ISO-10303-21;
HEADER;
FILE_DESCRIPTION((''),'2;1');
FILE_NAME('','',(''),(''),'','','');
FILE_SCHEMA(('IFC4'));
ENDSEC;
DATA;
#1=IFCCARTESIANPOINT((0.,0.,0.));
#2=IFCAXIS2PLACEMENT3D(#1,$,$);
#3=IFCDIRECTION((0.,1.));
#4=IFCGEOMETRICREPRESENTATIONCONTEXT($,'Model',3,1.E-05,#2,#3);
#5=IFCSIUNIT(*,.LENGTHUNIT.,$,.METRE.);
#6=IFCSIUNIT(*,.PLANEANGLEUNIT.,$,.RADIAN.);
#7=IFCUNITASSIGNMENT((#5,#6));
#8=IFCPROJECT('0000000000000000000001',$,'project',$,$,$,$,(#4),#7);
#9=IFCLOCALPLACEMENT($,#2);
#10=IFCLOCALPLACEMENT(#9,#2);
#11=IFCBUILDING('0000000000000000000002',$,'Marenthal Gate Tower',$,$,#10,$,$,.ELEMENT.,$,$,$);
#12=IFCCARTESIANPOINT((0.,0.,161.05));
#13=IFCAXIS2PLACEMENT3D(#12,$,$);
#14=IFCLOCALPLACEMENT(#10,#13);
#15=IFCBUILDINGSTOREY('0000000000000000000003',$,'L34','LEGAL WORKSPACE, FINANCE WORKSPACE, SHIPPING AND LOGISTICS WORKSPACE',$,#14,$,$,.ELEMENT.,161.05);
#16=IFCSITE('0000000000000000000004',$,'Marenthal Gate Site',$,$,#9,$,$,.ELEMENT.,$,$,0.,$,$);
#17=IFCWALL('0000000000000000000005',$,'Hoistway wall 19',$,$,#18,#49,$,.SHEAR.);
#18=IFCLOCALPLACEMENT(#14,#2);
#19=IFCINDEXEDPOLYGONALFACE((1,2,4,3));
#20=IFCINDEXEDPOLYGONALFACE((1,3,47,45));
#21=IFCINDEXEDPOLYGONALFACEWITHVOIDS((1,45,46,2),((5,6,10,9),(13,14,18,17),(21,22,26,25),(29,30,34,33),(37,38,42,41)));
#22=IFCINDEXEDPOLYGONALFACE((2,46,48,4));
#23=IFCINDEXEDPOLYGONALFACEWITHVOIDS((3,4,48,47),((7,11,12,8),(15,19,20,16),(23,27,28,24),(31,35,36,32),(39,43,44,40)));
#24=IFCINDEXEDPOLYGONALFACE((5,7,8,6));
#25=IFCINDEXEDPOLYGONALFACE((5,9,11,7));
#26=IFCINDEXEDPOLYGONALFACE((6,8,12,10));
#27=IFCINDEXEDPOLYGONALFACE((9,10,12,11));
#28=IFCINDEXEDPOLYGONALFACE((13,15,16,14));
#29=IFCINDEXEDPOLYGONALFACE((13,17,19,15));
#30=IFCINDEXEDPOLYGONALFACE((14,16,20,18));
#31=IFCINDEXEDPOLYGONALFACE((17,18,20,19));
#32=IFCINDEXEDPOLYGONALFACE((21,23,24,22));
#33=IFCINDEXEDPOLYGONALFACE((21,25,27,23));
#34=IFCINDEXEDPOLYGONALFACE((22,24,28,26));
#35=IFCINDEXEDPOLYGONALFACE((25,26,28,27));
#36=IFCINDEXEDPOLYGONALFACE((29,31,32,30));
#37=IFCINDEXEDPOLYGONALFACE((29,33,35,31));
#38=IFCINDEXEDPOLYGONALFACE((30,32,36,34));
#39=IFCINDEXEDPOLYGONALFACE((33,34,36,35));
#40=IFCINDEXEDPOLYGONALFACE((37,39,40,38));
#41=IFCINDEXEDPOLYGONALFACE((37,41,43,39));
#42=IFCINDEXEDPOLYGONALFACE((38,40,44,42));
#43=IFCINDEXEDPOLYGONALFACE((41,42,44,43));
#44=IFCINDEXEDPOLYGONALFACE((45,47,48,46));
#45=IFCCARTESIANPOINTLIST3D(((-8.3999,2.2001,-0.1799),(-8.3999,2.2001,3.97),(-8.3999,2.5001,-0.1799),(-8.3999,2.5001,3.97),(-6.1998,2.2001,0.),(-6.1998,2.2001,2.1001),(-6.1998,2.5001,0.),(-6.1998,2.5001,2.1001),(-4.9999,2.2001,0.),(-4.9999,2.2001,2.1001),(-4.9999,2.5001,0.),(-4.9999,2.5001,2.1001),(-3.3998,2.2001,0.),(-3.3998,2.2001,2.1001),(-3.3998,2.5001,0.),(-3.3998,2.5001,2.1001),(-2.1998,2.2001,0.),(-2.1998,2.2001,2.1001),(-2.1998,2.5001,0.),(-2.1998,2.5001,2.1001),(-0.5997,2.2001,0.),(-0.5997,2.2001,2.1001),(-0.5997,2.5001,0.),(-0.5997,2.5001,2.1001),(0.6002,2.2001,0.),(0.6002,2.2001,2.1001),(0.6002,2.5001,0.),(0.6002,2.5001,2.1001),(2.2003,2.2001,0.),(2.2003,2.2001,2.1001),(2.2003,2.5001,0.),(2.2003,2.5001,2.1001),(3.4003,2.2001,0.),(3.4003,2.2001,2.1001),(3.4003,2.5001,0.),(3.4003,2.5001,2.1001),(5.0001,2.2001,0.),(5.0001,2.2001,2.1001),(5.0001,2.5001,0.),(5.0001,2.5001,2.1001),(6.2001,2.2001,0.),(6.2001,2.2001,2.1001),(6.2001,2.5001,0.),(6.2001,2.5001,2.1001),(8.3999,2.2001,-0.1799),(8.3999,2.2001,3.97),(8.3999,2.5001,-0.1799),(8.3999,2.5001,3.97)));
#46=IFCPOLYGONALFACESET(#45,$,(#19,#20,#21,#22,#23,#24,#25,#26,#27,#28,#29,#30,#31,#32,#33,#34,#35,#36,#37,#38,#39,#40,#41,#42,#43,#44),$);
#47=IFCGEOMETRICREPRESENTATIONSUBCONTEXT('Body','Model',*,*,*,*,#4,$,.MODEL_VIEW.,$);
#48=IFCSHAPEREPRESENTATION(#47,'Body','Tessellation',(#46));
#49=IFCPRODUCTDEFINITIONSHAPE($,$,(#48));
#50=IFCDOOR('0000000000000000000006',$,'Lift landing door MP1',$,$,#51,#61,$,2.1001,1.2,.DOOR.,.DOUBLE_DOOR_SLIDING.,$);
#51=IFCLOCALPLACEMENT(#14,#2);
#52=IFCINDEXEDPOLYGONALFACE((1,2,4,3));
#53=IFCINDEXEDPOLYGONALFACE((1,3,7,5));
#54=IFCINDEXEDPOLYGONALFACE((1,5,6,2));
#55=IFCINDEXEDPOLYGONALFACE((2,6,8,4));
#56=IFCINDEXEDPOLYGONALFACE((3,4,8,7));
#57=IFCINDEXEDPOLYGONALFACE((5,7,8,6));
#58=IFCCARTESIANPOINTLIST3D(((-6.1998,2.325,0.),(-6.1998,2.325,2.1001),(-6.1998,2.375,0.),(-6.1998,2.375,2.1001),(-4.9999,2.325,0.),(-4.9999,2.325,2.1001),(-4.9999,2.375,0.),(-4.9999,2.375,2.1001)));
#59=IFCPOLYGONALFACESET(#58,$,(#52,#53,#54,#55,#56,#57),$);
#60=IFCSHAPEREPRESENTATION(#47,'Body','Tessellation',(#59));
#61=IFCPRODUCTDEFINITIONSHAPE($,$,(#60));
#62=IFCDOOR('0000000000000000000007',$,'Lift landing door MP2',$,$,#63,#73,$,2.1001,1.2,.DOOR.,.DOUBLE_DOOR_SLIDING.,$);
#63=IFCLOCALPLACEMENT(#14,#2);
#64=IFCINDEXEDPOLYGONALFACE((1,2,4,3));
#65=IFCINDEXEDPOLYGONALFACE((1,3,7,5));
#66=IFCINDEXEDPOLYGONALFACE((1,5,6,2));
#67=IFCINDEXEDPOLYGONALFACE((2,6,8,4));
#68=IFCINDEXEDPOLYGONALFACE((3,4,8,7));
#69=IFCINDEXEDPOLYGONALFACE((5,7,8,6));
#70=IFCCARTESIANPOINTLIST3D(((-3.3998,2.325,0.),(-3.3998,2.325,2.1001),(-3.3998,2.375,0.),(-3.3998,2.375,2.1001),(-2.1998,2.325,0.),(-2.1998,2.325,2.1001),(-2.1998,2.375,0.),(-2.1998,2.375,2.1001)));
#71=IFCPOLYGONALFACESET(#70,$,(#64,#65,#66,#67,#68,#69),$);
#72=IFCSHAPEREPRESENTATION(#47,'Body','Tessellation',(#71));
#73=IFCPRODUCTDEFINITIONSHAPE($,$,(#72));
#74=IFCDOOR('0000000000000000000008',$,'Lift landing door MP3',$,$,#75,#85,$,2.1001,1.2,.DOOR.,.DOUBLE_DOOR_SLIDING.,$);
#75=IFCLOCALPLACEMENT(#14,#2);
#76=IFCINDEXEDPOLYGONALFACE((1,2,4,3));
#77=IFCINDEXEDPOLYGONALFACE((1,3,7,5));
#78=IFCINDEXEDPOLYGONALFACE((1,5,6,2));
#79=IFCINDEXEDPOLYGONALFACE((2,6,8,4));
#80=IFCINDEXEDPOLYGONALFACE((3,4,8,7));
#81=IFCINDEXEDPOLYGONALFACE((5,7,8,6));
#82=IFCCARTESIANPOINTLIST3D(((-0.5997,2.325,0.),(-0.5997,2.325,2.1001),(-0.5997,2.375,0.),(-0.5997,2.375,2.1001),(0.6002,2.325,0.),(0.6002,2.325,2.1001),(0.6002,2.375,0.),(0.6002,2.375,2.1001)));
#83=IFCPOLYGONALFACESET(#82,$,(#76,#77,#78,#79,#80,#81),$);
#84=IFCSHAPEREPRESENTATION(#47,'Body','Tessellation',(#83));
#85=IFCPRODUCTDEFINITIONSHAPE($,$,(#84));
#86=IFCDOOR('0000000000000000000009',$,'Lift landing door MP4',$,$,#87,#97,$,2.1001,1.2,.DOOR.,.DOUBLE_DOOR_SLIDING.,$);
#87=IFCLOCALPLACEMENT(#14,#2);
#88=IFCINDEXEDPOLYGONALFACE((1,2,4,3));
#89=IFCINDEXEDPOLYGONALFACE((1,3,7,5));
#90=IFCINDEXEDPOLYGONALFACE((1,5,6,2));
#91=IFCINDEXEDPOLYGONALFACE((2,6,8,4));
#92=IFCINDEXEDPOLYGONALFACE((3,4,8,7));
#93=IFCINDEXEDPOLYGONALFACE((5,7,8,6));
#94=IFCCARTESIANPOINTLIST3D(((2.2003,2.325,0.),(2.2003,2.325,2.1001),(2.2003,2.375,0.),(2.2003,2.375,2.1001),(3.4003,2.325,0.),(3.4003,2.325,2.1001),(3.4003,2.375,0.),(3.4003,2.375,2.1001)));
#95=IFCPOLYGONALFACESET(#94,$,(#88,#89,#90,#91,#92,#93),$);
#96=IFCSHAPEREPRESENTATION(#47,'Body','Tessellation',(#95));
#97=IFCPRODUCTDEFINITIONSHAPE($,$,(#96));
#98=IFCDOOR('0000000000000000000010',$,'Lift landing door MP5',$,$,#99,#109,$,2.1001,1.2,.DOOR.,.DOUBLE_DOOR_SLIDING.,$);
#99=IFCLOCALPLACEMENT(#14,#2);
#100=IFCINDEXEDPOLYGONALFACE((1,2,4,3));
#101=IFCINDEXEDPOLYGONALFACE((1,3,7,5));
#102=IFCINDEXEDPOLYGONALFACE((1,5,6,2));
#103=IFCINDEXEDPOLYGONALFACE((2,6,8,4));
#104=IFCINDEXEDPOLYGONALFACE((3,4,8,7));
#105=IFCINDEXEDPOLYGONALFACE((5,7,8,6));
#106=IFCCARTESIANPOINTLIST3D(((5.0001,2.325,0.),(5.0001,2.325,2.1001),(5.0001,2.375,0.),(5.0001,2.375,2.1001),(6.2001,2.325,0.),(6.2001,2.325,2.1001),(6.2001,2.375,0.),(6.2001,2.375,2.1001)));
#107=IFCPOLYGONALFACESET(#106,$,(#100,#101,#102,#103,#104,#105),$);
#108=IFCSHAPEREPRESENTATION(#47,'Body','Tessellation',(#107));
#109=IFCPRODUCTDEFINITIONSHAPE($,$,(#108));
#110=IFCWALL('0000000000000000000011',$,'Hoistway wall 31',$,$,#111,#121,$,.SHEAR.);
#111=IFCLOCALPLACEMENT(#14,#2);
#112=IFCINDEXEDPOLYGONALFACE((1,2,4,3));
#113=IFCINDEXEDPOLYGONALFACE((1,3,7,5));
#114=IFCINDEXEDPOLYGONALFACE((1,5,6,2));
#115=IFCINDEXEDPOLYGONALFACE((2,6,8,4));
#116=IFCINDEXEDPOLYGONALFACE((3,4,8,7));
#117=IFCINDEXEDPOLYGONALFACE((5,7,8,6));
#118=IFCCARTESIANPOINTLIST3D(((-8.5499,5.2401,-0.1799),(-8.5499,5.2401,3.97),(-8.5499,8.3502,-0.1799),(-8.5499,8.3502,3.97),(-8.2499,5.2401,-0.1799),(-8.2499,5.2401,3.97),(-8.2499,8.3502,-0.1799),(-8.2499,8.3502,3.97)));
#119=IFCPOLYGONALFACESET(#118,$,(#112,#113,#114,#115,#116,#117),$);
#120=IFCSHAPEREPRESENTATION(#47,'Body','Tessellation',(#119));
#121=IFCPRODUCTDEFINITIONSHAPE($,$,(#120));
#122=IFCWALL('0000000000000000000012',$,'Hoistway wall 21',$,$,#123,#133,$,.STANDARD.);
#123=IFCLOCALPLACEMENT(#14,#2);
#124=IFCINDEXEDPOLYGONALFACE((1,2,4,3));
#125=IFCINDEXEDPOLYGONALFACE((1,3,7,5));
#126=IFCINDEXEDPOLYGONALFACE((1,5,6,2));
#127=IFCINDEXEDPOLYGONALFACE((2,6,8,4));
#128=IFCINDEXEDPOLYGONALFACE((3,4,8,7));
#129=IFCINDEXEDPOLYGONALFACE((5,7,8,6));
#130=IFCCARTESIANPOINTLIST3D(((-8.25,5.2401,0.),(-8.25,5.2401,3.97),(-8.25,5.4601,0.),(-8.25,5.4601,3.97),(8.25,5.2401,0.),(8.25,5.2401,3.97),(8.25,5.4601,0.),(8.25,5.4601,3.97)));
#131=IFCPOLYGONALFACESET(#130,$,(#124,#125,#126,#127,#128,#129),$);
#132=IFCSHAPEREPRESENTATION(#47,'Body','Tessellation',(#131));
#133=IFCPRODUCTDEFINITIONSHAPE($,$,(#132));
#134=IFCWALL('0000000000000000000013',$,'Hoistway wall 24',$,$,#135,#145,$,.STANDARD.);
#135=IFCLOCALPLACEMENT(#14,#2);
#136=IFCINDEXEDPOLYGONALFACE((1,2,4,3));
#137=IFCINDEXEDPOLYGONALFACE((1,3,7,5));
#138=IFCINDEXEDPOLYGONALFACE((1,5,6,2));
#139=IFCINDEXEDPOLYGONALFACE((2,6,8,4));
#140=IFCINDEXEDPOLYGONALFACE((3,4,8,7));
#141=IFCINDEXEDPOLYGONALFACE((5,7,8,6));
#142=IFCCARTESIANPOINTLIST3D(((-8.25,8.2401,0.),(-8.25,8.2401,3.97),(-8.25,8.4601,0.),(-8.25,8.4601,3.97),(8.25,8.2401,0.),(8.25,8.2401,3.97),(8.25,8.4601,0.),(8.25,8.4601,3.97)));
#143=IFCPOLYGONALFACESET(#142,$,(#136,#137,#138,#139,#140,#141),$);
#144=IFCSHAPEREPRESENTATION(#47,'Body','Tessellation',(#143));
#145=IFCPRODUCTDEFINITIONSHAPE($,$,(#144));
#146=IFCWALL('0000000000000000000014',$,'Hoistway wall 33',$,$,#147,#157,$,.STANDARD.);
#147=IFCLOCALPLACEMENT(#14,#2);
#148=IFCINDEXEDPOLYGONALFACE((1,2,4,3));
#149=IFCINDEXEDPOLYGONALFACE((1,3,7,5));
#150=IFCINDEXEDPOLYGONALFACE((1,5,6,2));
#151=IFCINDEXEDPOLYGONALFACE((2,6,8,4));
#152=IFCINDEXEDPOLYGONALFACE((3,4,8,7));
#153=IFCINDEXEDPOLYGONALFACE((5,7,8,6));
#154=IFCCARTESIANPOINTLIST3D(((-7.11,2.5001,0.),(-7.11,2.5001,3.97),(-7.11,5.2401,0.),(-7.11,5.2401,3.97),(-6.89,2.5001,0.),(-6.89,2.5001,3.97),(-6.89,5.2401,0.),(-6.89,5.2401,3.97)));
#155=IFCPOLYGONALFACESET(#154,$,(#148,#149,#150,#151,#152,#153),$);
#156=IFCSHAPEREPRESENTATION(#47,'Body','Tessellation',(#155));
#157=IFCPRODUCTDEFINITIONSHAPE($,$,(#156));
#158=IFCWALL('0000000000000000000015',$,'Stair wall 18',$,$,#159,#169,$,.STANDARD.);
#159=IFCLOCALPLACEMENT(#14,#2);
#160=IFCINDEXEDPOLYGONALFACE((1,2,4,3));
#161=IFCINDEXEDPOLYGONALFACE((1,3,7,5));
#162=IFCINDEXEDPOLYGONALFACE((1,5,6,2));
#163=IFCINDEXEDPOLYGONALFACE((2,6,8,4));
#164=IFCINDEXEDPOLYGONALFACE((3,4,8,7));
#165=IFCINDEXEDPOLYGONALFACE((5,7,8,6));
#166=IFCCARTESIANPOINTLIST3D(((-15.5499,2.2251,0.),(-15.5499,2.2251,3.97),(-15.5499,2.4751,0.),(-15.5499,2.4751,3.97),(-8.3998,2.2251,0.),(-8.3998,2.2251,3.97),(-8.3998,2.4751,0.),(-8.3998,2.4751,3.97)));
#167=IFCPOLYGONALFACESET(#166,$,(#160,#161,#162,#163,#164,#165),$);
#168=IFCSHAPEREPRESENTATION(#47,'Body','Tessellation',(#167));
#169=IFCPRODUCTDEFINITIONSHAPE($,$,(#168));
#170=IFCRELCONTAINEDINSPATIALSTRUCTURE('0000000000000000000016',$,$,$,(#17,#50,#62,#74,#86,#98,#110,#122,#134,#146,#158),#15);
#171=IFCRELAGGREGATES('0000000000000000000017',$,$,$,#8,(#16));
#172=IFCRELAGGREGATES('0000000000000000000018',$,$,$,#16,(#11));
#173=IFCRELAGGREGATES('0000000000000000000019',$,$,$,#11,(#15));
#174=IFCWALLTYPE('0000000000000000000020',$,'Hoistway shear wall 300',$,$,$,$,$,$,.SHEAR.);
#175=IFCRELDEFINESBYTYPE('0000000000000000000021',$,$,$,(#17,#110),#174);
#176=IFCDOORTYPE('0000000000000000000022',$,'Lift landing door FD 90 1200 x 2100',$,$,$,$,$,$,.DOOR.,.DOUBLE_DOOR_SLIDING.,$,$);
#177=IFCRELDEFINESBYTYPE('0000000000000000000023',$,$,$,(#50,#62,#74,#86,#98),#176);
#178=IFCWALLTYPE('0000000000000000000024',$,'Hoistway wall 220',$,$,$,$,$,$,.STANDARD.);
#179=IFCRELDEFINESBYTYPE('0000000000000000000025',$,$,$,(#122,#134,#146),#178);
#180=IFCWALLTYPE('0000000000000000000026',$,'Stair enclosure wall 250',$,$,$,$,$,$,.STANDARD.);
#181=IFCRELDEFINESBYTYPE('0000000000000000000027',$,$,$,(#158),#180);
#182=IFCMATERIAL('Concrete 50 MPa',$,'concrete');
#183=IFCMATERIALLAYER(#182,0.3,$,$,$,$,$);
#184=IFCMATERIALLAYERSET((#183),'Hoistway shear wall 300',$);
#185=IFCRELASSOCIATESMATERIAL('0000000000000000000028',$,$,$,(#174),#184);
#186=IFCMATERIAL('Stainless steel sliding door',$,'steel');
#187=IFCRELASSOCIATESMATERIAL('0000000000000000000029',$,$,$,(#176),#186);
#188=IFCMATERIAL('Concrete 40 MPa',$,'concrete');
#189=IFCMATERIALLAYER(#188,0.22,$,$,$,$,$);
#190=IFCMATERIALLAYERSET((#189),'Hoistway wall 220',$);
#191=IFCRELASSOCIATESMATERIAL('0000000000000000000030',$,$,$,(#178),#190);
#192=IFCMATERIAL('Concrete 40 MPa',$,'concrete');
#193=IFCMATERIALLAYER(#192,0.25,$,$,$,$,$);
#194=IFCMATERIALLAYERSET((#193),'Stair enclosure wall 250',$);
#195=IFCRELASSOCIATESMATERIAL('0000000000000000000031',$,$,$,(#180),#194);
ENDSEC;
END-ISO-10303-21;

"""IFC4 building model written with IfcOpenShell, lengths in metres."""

from ifc_helpers import new_model, si_unit, direction, frame, frame_2d, origin, place, context, subcontext, project, spatial, rectangle, extrude, material, layer, layer_set, type_object, element, fill, save


model = new_model("IFC4")

# Units and contexts
model_context = context("Model", 3, precision=1e-05, world=origin(), true_north=direction((0.0, 1.0)))
body_context = subcontext(model_context, "Body", "Model", "MODEL_VIEW")
ifc_project = project(units=[si_unit("LENGTHUNIT", "METRE"), si_unit("PLANEANGLEUNIT", "RADIAN")], contexts=[model_context])

# Site, building, storey
site_placement = place(None, origin())
site = spatial("IfcSite", under=ifc_project, at=site_placement, Name="Marenthal Gate Site", CompositionType="ELEMENT", RefElevation=0.0)
building_placement = place(site_placement, origin())
building = spatial("IfcBuilding", under=site, at=building_placement, Name="Marenthal Gate Tower", CompositionType="ELEMENT")
storey_placement = place(building_placement, frame((0.0, 0.0, 161.05)))
storey = spatial("IfcBuildingStorey", under=building, at=storey_placement, Name="L34", Description="LEGAL WORKSPACE, FINANCE WORKSPACE, SHIPPING AND LOGISTICS WORKSPACE", CompositionType="ELEMENT", Elevation=161.05)

# Wall, openings, doors
ifc_material_1 = material(Name="Concrete 50 MPa", Category="concrete")
ifc_layer_1 = layer(ifc_material_1, 0.3)
ifc_layer_set_1 = layer_set([ifc_layer_1], Name="Hoistway shear wall 300")
wall_type_1 = type_object("IfcWallType", Name="Hoistway shear wall 300", PredefinedType="SHEAR", material=ifc_layer_set_1)
wall_1_placement = place(storey_placement, frame((-8.3999, 2.3501, -0.1799), z_axis=(0.0, 0.0, 1.0), x_axis=(1.0, 0.0, 0.0)))
wall_1 = element("IfcWall", 1, at=wall_1_placement, inside=storey, type_object=wall_type_1, Name="Hoistway wall 19", PredefinedType="SHEAR", context=body_context, shape_type="SweptSolid", body=[
    extrude(rectangle(XDim=16.7998, YDim=0.3, at=frame_2d((8.3999, 0.0))), origin(), (0.0, 0.0, 1.0), 4.1499),
])
opening_1_placement = place(wall_1_placement, frame((2.2, 0.0, 0.1799)))
opening_1 = element("IfcOpeningElement", 2, at=opening_1_placement, cuts=wall_1, PredefinedType="OPENING", context=body_context, shape_type="SweptSolid", body=[
    extrude(rectangle(XDim=1.2, YDim=2.1001, at=frame_2d((0.6001, 1.05))), frame((0.0, 0.1602, 0.0), z_axis=(0.0, -1.0, 0.0), x_axis=(1.0, 0.0, 0.0)), (0.0, 0.0, 1.0), 0.3201),
])
opening_2_placement = place(wall_1_placement, frame((5.0, 0.0, 0.1799)))
opening_2 = element("IfcOpeningElement", 3, at=opening_2_placement, cuts=wall_1, PredefinedType="OPENING", context=body_context, shape_type="SweptSolid", body=[
    extrude(rectangle(XDim=1.2, YDim=2.1001, at=frame_2d((0.6001, 1.05))), frame((0.0, 0.1602, 0.0), z_axis=(0.0, -1.0, 0.0), x_axis=(1.0, 0.0, 0.0)), (0.0, 0.0, 1.0), 0.3201),
])
opening_3_placement = place(wall_1_placement, frame((7.8, 0.0, 0.1799)))
opening_3 = element("IfcOpeningElement", 4, at=opening_3_placement, cuts=wall_1, PredefinedType="OPENING", context=body_context, shape_type="SweptSolid", body=[
    extrude(rectangle(XDim=1.2, YDim=2.1001, at=frame_2d((0.6001, 1.05))), frame((0.0, 0.1602, 0.0), z_axis=(0.0, -1.0, 0.0), x_axis=(1.0, 0.0, 0.0)), (0.0, 0.0, 1.0), 0.3201),
])
opening_4_placement = place(wall_1_placement, frame((10.6001, 0.0, 0.1799)))
opening_4 = element("IfcOpeningElement", 5, at=opening_4_placement, cuts=wall_1, PredefinedType="OPENING", context=body_context, shape_type="SweptSolid", body=[
    extrude(rectangle(XDim=1.2, YDim=2.1001, at=frame_2d((0.6001, 1.05))), frame((0.0, 0.1602, 0.0), z_axis=(0.0, -1.0, 0.0), x_axis=(1.0, 0.0, 0.0)), (0.0, 0.0, 1.0), 0.3201),
])
opening_5_placement = place(wall_1_placement, frame((13.3999, 0.0, 0.1799)))
opening_5 = element("IfcOpeningElement", 6, at=opening_5_placement, cuts=wall_1, PredefinedType="OPENING", context=body_context, shape_type="SweptSolid", body=[
    extrude(rectangle(XDim=1.2, YDim=2.1001, at=frame_2d((0.6001, 1.05))), frame((0.0, 0.1602, 0.0), z_axis=(0.0, -1.0, 0.0), x_axis=(1.0, 0.0, 0.0)), (0.0, 0.0, 1.0), 0.3201),
])
ifc_material_2 = material(Name="Stainless steel sliding door", Category="steel")
door_type_1 = type_object("IfcDoorType", Name="Lift landing door FD 90 1200 x 2100", OperationType="DOUBLE_DOOR_SLIDING", PredefinedType="DOOR", material=ifc_material_2)
door_1_placement = place(opening_1_placement, origin())
door_1 = element("IfcDoor", 7, at=door_1_placement, inside=storey, type_object=door_type_1, Name="Lift landing door MP1", OperationType="DOUBLE_DOOR_SLIDING", OverallHeight=2.1001, OverallWidth=1.2, PredefinedType="DOOR", context=body_context, shape_type="SweptSolid", body=[
    extrude(rectangle(XDim=1.2, YDim=2.1001, at=frame_2d((0.6001, 1.05))), frame((0.0, 0.0249, 0.0), z_axis=(0.0, -1.0, 0.0), x_axis=(1.0, 0.0, 0.0)), (0.0, 0.0, 1.0), 0.05),
])
fill(opening_1, door_1)
door_2_placement = place(opening_2_placement, origin())
door_2 = element("IfcDoor", 8, at=door_2_placement, inside=storey, type_object=door_type_1, Name="Lift landing door MP2", OperationType="DOUBLE_DOOR_SLIDING", OverallHeight=2.1001, OverallWidth=1.2, PredefinedType="DOOR", context=body_context, shape_type="SweptSolid", body=[
    extrude(rectangle(XDim=1.2, YDim=2.1001, at=frame_2d((0.6001, 1.05))), frame((0.0, 0.0249, 0.0), z_axis=(0.0, -1.0, 0.0), x_axis=(1.0, 0.0, 0.0)), (0.0, 0.0, 1.0), 0.05),
])
fill(opening_2, door_2)
door_3_placement = place(opening_3_placement, origin())
door_3 = element("IfcDoor", 9, at=door_3_placement, inside=storey, type_object=door_type_1, Name="Lift landing door MP3", OperationType="DOUBLE_DOOR_SLIDING", OverallHeight=2.1001, OverallWidth=1.2, PredefinedType="DOOR", context=body_context, shape_type="SweptSolid", body=[
    extrude(rectangle(XDim=1.2, YDim=2.1001, at=frame_2d((0.6001, 1.05))), frame((0.0, 0.0249, 0.0), z_axis=(0.0, -1.0, 0.0), x_axis=(1.0, 0.0, 0.0)), (0.0, 0.0, 1.0), 0.05),
])
fill(opening_3, door_3)
door_4_placement = place(opening_4_placement, origin())
door_4 = element("IfcDoor", 10, at=door_4_placement, inside=storey, type_object=door_type_1, Name="Lift landing door MP4", OperationType="DOUBLE_DOOR_SLIDING", OverallHeight=2.1001, OverallWidth=1.2, PredefinedType="DOOR", context=body_context, shape_type="SweptSolid", body=[
    extrude(rectangle(XDim=1.2, YDim=2.1001, at=frame_2d((0.6001, 1.05))), frame((0.0, 0.0249, 0.0), z_axis=(0.0, -1.0, 0.0), x_axis=(1.0, 0.0, 0.0)), (0.0, 0.0, 1.0), 0.05),
])
fill(opening_4, door_4)
door_5_placement = place(opening_5_placement, origin())
door_5 = element("IfcDoor", 11, at=door_5_placement, inside=storey, type_object=door_type_1, Name="Lift landing door MP5", OperationType="DOUBLE_DOOR_SLIDING", OverallHeight=2.1001, OverallWidth=1.2, PredefinedType="DOOR", context=body_context, shape_type="SweptSolid", body=[
    extrude(rectangle(XDim=1.2, YDim=2.1001, at=frame_2d((0.6001, 1.05))), frame((0.0, 0.0249, 0.0), z_axis=(0.0, -1.0, 0.0), x_axis=(1.0, 0.0, 0.0)), (0.0, 0.0, 1.0), 0.05),
])
fill(opening_5, door_5)

# Walls
wall_2_placement = place(storey_placement, frame((-8.3999, 5.24, -0.1799), z_axis=(0.0, 0.0, 1.0), x_axis=(0.0, 1.0, 0.0)))
element("IfcWall", 12, at=wall_2_placement, inside=storey, type_object=wall_type_1, Name="Hoistway wall 31", PredefinedType="SHEAR", context=body_context, shape_type="SweptSolid", body=[
    extrude(rectangle(XDim=3.1101, YDim=0.3, at=frame_2d((1.5552, 0.0))), origin(), (0.0, 0.0, 1.0), 4.1499),
])
ifc_material_3 = material(Name="Concrete 40 MPa", Category="concrete")
ifc_layer_2 = layer(ifc_material_3, 0.22)
ifc_layer_set_2 = layer_set([ifc_layer_2], Name="Hoistway wall 220")
wall_type_2 = type_object("IfcWallType", Name="Hoistway wall 220", PredefinedType="STANDARD", material=ifc_layer_set_2)
for number, where, z_axis, x_axis, name in (
    (13, (-8.25, 5.3501, 0.0), (0.0, 0.0, 1.0), (1.0, 0.0, 0.0), "Hoistway wall 21"),
    (14, (-8.25, 8.3501, 0.0), (0.0, 0.0, 1.0), (1.0, 0.0, 0.0), "Hoistway wall 24"),
):
    element("IfcWall", number, at=place(storey_placement, frame(where, z_axis=z_axis, x_axis=x_axis)), inside=storey, type_object=wall_type_2, Name=name, PredefinedType="STANDARD", context=body_context, shape_type="SweptSolid", body=[
        extrude(rectangle(XDim=16.5, YDim=0.22, at=frame_2d((8.25, 0.0))), origin(), (0.0, 0.0, 1.0), 3.97),
    ])
wall_3_placement = place(storey_placement, frame((-7.0, 2.5, 0.0), z_axis=(0.0, 0.0, 1.0), x_axis=(0.0, 1.0, 0.0)))
element("IfcWall", 15, at=wall_3_placement, inside=storey, type_object=wall_type_2, Name="Hoistway wall 33", PredefinedType="STANDARD", context=body_context, shape_type="SweptSolid", body=[
    extrude(rectangle(XDim=2.74, YDim=0.22, at=frame_2d((1.3701, 0.0))), origin(), (0.0, 0.0, 1.0), 3.97),
])
ifc_material_4 = material(Name="Concrete 40 MPa", Category="concrete")
ifc_layer_3 = layer(ifc_material_4, 0.25)
ifc_layer_set_3 = layer_set([ifc_layer_3], Name="Stair enclosure wall 250")
wall_type_3 = type_object("IfcWallType", Name="Stair enclosure wall 250", PredefinedType="STANDARD", material=ifc_layer_set_3)
wall_4_placement = place(storey_placement, frame((-15.55, 2.3501, 0.0), z_axis=(0.0, 0.0, 1.0), x_axis=(1.0, 0.0, 0.0)))
element("IfcWall", 16, at=wall_4_placement, inside=storey, type_object=wall_type_3, Name="Stair wall 18", PredefinedType="STANDARD", context=body_context, shape_type="SweptSolid", body=[
    extrude(rectangle(XDim=7.1501, YDim=0.25, at=frame_2d((3.5752, 0.0))), origin(), (0.0, 0.0, 1.0), 3.97),
])

save(model, "model.ifc")
